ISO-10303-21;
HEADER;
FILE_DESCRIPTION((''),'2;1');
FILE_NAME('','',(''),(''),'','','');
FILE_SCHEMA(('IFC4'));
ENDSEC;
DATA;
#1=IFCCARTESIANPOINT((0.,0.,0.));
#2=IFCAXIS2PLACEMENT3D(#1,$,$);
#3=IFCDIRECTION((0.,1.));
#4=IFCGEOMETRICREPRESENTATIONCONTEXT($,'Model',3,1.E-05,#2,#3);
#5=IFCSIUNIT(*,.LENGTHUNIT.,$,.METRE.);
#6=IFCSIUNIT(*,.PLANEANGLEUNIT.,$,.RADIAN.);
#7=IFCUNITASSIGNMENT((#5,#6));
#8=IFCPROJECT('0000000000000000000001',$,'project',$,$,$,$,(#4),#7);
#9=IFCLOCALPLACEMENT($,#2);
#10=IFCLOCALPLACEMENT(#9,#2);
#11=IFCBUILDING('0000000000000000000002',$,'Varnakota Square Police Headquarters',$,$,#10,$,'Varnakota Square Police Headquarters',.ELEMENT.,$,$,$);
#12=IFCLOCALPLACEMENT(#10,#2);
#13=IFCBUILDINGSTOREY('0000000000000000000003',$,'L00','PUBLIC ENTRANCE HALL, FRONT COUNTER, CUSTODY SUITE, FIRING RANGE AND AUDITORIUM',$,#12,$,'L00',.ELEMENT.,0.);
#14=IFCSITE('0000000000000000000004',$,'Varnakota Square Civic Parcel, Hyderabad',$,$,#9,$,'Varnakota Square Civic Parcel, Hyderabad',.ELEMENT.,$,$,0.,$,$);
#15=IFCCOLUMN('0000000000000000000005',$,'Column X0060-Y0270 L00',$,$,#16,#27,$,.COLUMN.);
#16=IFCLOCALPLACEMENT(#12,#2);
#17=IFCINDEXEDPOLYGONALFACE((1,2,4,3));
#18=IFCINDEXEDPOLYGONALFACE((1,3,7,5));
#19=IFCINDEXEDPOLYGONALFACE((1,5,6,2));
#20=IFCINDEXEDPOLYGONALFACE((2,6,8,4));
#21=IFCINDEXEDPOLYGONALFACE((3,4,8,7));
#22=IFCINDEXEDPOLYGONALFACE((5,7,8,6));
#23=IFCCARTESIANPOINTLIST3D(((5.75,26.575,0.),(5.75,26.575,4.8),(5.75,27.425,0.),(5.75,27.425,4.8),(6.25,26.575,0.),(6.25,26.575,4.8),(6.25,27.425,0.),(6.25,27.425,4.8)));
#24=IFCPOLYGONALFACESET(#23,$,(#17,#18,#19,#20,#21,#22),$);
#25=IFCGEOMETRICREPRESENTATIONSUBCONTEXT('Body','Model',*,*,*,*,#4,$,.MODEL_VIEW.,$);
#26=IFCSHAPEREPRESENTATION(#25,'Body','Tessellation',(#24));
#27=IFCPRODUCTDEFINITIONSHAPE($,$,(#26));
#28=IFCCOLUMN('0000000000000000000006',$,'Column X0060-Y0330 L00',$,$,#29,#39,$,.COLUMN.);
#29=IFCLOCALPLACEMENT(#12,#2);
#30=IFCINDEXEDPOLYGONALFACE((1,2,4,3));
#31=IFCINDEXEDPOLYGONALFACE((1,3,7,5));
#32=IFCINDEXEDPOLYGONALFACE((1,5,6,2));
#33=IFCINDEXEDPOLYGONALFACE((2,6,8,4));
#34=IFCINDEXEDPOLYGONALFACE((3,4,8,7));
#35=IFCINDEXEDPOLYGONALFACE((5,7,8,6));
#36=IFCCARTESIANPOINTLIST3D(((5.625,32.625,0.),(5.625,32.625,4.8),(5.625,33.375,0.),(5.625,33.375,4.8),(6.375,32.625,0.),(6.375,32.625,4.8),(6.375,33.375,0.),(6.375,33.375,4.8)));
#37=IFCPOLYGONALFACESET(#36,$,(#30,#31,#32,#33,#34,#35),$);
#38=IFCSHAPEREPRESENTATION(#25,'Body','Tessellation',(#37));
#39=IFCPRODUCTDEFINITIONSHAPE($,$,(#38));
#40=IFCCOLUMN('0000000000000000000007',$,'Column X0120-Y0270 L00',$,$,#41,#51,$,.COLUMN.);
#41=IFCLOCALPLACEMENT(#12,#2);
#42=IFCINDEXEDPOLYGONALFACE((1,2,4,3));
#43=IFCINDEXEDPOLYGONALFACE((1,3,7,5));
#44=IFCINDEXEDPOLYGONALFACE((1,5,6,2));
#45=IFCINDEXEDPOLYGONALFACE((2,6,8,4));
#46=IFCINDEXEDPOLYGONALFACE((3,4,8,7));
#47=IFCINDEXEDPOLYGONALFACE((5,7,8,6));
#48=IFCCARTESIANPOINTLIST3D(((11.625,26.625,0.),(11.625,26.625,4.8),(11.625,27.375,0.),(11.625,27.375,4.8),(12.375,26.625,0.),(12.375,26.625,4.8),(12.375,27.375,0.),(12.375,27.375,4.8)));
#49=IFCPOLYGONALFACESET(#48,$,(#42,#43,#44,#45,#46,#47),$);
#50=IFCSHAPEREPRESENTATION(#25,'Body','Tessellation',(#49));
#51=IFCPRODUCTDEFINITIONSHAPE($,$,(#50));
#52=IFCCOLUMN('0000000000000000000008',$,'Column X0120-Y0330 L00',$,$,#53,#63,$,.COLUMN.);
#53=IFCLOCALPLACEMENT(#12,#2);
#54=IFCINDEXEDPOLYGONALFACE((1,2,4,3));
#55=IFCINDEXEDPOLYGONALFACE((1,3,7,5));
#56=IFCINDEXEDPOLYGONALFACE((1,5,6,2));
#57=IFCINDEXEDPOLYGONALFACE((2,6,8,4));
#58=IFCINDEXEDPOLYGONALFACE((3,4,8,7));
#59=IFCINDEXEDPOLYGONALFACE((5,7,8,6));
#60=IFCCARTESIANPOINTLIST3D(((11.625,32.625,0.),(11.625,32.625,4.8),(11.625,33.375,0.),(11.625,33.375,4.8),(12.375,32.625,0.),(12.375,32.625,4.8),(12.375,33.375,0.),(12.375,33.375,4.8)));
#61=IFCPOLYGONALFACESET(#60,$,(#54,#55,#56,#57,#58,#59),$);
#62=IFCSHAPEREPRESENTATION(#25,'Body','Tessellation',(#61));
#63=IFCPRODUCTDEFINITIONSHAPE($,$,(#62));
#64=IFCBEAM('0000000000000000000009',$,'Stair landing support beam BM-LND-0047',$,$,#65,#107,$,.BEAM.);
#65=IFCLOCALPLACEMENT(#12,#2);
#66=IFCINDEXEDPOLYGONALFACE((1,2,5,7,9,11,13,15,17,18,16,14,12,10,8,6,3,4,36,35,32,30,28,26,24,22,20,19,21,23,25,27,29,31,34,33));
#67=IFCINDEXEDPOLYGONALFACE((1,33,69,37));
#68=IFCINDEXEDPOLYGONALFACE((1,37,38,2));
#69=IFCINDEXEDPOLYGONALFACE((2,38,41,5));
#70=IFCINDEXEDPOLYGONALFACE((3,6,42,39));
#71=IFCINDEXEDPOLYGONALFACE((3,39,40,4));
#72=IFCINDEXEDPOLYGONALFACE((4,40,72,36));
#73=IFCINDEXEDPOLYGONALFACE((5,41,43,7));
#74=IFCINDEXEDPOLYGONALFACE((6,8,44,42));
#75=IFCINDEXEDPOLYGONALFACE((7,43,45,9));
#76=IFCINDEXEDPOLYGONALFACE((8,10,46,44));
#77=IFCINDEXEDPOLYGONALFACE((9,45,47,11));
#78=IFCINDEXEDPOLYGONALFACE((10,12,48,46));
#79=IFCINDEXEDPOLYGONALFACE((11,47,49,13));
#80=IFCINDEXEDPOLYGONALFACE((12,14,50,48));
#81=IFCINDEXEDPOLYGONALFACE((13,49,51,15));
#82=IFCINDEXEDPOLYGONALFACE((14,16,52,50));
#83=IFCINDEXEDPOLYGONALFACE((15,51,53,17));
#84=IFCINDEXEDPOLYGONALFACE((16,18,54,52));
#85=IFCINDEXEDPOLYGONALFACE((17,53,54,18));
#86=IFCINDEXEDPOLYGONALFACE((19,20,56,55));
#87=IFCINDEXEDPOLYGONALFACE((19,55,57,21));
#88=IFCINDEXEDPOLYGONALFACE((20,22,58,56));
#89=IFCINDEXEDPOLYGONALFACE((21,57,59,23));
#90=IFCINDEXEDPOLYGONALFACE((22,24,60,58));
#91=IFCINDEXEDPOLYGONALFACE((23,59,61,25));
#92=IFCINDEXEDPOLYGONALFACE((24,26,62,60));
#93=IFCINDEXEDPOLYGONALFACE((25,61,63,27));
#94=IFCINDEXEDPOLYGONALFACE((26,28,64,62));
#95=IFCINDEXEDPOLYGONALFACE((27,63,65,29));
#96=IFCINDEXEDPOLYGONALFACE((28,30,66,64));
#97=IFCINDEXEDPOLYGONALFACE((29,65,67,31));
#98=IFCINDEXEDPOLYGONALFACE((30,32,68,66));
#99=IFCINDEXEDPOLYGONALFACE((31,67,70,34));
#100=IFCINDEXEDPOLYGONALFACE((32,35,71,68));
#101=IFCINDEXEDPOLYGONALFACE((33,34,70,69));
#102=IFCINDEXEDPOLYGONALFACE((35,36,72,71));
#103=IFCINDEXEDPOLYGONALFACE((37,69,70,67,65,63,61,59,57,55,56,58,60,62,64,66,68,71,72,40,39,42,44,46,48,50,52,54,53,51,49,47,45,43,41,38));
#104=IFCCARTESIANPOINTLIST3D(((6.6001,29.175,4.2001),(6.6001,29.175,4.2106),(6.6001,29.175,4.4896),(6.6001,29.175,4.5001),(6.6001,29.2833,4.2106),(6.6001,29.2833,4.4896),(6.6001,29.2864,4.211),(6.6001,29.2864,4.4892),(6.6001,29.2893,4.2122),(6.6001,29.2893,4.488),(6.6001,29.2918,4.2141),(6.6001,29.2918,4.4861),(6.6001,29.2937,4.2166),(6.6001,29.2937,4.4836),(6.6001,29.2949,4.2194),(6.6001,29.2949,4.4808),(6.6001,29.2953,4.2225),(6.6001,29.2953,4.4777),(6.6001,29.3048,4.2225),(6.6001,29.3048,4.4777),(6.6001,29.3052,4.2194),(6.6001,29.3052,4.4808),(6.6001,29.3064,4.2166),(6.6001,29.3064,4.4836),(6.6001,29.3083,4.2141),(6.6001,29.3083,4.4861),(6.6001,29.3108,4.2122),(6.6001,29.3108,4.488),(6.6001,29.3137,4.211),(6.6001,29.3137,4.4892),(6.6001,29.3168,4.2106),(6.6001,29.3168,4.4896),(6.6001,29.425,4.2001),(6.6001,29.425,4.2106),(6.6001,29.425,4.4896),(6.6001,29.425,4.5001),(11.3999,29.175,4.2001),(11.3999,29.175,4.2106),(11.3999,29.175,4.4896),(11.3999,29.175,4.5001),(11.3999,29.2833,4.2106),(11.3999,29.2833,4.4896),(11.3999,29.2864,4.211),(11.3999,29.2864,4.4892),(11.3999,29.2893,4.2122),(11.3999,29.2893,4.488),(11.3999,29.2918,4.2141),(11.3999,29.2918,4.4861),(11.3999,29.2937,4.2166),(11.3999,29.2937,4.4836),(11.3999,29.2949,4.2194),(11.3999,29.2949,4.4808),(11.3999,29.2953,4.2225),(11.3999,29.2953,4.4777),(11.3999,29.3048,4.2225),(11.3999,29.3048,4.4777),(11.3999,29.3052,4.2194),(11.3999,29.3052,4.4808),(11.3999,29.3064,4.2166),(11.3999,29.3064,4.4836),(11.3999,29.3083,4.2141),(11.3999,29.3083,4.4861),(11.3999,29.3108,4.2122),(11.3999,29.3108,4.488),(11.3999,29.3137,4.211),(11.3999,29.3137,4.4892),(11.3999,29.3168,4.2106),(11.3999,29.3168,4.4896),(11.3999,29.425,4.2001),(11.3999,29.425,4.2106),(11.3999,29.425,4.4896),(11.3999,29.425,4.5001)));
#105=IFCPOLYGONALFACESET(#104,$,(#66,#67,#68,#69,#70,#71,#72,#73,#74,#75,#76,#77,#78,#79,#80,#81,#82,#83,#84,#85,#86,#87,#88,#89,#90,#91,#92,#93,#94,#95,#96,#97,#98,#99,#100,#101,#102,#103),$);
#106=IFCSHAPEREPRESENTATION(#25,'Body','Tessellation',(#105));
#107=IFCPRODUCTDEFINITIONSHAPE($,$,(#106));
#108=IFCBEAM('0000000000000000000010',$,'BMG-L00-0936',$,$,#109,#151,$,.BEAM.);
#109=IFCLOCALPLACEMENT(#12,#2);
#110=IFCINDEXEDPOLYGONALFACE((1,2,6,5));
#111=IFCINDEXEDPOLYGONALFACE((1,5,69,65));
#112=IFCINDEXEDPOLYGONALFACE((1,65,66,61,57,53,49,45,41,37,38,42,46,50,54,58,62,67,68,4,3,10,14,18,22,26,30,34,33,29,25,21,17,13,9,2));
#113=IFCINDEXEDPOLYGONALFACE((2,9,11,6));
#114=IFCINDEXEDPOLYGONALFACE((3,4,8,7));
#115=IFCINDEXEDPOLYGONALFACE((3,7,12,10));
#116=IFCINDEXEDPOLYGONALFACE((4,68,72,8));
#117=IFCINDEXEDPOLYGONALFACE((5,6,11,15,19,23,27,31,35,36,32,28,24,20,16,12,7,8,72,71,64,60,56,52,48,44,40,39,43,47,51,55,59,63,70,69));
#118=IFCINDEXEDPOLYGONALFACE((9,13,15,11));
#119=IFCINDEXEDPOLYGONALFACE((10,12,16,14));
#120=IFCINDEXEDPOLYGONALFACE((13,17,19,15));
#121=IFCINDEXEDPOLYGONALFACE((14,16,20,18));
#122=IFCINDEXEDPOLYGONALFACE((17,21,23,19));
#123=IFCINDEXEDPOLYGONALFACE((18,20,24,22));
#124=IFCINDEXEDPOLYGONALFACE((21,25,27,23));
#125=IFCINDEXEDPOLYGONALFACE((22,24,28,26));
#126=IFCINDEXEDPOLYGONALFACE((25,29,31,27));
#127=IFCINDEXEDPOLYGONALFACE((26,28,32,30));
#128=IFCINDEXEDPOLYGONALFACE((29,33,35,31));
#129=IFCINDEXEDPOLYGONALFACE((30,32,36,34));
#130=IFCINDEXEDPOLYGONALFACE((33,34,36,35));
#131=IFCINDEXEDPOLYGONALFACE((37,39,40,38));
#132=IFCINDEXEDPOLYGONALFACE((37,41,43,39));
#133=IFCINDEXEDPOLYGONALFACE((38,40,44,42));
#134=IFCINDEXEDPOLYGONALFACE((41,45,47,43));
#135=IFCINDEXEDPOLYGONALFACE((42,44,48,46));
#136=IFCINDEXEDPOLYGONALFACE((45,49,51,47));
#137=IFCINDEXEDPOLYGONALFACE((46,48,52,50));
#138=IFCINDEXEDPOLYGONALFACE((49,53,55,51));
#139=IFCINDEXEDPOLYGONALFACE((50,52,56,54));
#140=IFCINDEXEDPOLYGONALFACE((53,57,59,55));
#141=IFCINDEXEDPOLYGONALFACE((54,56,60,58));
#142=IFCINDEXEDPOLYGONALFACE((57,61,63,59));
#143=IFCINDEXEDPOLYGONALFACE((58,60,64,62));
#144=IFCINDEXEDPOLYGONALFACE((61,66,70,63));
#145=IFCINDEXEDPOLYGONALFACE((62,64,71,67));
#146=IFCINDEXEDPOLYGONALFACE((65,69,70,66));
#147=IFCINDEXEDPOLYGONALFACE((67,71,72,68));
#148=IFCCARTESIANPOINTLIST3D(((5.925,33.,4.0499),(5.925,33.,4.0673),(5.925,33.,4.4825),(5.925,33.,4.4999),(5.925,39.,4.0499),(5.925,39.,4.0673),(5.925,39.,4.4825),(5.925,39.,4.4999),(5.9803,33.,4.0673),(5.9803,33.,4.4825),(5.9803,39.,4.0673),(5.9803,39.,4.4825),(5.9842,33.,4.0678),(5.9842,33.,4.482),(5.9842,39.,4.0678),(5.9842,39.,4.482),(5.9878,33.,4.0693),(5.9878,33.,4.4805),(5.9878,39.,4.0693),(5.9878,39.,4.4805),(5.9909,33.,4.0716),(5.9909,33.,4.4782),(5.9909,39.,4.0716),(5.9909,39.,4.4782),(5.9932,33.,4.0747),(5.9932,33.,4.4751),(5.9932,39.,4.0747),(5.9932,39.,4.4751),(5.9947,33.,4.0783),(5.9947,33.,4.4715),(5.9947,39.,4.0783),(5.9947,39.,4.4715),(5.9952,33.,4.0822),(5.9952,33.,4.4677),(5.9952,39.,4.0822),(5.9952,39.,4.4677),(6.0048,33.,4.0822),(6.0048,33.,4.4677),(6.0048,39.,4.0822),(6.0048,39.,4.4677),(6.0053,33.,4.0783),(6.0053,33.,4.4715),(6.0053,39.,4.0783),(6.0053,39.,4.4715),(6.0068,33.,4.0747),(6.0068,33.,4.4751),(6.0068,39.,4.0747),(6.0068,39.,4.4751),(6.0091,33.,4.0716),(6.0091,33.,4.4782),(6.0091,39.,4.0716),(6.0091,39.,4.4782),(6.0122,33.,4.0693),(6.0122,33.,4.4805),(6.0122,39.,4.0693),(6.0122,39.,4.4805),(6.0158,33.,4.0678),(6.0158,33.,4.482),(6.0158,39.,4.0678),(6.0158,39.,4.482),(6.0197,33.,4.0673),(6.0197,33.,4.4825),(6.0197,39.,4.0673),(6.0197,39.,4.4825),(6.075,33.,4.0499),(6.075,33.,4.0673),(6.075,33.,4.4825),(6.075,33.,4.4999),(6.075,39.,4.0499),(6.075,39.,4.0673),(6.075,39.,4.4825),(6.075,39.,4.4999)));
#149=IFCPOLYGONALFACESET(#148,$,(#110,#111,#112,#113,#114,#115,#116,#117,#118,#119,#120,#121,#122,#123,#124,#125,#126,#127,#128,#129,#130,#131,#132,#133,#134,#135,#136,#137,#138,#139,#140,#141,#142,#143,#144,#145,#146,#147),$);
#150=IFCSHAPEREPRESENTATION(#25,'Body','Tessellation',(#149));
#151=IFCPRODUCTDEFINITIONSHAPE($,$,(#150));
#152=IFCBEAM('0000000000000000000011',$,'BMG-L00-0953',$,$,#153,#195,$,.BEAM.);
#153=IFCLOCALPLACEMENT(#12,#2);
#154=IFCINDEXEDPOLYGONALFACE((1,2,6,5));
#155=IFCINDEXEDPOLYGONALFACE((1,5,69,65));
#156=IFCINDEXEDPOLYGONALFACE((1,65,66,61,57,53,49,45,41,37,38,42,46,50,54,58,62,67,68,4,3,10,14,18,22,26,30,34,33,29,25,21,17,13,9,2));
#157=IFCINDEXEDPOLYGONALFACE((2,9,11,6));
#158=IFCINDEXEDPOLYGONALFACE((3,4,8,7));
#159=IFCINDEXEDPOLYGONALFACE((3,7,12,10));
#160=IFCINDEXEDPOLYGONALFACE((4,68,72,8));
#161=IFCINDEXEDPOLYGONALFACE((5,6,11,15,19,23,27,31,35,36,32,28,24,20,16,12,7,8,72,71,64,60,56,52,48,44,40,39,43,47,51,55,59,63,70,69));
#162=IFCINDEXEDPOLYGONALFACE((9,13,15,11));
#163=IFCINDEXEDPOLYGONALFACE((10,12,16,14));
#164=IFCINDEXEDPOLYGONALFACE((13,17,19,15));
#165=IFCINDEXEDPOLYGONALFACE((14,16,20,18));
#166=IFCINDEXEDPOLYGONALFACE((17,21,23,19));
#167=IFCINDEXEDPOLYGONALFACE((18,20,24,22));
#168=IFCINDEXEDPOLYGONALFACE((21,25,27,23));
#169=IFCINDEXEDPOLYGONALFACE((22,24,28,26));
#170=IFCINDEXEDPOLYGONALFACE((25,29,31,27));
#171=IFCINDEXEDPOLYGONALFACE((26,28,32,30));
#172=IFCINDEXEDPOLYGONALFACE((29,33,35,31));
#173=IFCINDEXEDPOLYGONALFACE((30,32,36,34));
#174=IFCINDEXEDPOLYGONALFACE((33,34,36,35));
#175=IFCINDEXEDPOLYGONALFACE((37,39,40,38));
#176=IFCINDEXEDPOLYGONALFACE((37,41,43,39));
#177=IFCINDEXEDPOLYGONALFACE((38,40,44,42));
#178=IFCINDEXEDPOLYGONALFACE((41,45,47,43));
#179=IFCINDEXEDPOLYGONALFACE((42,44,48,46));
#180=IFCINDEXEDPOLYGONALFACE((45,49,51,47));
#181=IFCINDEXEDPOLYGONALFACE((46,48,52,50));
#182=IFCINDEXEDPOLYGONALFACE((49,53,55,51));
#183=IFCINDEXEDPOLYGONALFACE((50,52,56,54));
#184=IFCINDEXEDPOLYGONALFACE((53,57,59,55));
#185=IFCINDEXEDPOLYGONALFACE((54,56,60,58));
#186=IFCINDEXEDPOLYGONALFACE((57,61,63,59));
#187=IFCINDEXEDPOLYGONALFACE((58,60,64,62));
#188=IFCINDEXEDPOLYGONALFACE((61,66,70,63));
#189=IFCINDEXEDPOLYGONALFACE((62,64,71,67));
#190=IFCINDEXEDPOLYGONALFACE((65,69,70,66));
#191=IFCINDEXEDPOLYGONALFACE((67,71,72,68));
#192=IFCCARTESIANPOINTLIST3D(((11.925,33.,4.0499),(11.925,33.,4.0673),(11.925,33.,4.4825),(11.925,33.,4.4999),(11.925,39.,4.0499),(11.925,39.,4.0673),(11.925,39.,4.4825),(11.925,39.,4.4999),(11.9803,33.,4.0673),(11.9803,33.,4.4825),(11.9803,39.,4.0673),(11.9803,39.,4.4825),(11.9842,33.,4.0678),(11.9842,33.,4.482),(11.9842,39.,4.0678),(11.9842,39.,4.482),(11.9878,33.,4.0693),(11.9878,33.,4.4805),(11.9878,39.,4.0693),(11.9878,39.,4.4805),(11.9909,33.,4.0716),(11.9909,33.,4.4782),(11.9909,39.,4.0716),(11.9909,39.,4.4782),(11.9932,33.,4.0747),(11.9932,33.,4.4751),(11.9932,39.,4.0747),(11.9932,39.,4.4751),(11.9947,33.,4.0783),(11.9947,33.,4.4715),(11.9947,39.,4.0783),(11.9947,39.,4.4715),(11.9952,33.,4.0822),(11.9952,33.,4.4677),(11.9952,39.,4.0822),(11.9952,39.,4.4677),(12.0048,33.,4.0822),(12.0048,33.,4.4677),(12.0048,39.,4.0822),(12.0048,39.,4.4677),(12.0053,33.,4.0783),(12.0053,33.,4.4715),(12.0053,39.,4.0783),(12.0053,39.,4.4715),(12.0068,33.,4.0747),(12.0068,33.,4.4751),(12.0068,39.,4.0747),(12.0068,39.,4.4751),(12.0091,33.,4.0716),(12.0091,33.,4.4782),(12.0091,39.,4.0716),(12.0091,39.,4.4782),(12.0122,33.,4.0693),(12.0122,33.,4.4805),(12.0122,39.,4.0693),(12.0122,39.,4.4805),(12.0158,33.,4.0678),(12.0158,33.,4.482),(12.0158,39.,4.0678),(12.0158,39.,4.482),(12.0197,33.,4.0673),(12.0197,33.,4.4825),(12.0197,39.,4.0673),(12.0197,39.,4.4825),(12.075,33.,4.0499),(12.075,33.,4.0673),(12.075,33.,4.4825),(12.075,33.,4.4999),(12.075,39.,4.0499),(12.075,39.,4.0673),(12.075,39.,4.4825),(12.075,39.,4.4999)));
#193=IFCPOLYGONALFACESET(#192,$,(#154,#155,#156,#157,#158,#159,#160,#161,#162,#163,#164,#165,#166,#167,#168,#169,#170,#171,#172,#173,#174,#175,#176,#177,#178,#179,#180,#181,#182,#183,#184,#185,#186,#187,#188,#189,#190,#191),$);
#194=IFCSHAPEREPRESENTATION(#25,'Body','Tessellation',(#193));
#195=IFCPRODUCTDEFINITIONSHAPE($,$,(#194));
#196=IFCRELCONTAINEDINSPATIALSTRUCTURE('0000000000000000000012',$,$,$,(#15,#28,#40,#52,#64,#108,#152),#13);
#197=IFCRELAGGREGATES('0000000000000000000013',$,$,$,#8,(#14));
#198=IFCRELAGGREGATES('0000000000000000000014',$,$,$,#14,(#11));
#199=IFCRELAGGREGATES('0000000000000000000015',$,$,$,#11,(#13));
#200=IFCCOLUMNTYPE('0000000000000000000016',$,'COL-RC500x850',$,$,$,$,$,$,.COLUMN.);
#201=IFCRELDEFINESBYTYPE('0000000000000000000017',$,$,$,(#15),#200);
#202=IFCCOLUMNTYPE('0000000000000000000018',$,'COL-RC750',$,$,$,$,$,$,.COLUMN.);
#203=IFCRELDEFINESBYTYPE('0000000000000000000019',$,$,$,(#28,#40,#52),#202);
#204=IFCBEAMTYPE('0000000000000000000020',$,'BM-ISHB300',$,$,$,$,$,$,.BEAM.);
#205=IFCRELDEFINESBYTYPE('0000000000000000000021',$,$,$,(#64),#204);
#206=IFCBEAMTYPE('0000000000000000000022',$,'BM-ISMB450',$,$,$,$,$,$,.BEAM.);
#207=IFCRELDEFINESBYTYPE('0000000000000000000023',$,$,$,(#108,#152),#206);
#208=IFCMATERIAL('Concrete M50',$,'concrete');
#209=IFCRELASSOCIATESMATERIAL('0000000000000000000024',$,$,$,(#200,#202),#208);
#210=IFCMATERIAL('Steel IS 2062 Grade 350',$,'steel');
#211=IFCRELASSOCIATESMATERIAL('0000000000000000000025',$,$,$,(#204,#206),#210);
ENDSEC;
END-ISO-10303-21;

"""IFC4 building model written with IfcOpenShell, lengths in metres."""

from ifc_helpers import new_model, si_unit, direction, frame, origin, origin_2d, place, context, subcontext, project, spatial, rectangle, i_section, extrude, material, material_profile, profile_set, type_object, element, save


model = new_model("IFC4")

# Units and contexts
model_context = context("Model", 3, precision=1e-05, world=origin(), true_north=direction((0.0, 1.0)))
body_context = subcontext(model_context, "Body", "Model", "MODEL_VIEW")
ifc_project = project(units=[si_unit("LENGTHUNIT", "METRE"), si_unit("PLANEANGLEUNIT", "RADIAN")], contexts=[model_context])

# Site, building, storey
site_placement = place(None, origin())
site = spatial("IfcSite", under=ifc_project, at=site_placement, Name="Varnakota Square Civic Parcel, Hyderabad", LongName="Varnakota Square Civic Parcel, Hyderabad", CompositionType="ELEMENT", RefElevation=0.0)
building_placement = place(site_placement, origin())
building = spatial("IfcBuilding", under=site, at=building_placement, Name="Varnakota Square Police Headquarters", LongName="Varnakota Square Police Headquarters", CompositionType="ELEMENT")
storey_placement = place(building_placement, origin())
storey = spatial("IfcBuildingStorey", under=building, at=storey_placement, Name="L00", Description="PUBLIC ENTRANCE HALL, FRONT COUNTER, CUSTODY SUITE, FIRING RANGE AND AUDITORIUM", LongName="L00", CompositionType="ELEMENT", Elevation=0.0)

# Columns
ifc_material_1 = material(Name="Concrete M50", Category="concrete")
ifc_material_profile_1 = material_profile(ifc_material_1, rectangle(XDim=0.5, YDim=0.8501, at=origin_2d()), Name="RC 500x850")
ifc_profile_set_1 = profile_set([ifc_material_profile_1], Name="Concrete M50")
column_type_1 = type_object("IfcColumnType", Name="COL-RC500x850", PredefinedType="COLUMN", material=ifc_profile_set_1)
column_placement = place(storey_placement, frame((6.0, 27.0, 0.0), z_axis=(0.0, 0.0, 1.0), x_axis=(1.0, 0.0, 0.0)))
element("IfcColumn", 1, at=column_placement, inside=storey, type_object=column_type_1, Name="Column X0060-Y0270 L00", PredefinedType="COLUMN", context=body_context, shape_type="SweptSolid", body=[
    extrude(rectangle(XDim=0.5, YDim=0.8501, at=origin_2d()), origin(), (0.0, 0.0, 1.0), 4.8),
])
ifc_material_profile_2 = material_profile(ifc_material_1, rectangle(XDim=0.75, YDim=0.75, at=origin_2d()), Name="RC 750x750")
ifc_profile_set_2 = profile_set([ifc_material_profile_2], Name="Concrete M50")
column_type_2 = type_object("IfcColumnType", Name="COL-RC750", PredefinedType="COLUMN", material=ifc_profile_set_2)
for number, where, z_axis, x_axis, name in (
    (2, (6.0, 33.0, 0.0), (0.0, 0.0, 1.0), (1.0, 0.0, 0.0), "Column X0060-Y0330 L00"),
    (3, (12.0, 27.0, 0.0), (0.0, 0.0, 1.0), (1.0, 0.0, 0.0), "Column X0120-Y0270 L00"),
    (4, (12.0, 33.0, 0.0), (0.0, 0.0, 1.0), (1.0, 0.0, 0.0), "Column X0120-Y0330 L00"),
):
    element("IfcColumn", number, at=place(storey_placement, frame(where, z_axis=z_axis, x_axis=x_axis)), inside=storey, type_object=column_type_2, Name=name, PredefinedType="COLUMN", context=body_context, shape_type="SweptSolid", body=[
        extrude(rectangle(XDim=0.75, YDim=0.75, at=origin_2d()), origin(), (0.0, 0.0, 1.0), 4.8),
    ])

# Beams
ifc_material_2 = material(Name="Steel IS 2062 Grade 350", Category="steel")
ifc_material_profile_3 = material_profile(ifc_material_2, i_section(OverallWidth=0.25, OverallDepth=0.3, WebThickness=0.0095, FlangeThickness=0.0105, FilletRadius=0.012, at=origin_2d()), Name="ISHB 300")
ifc_profile_set_3 = profile_set([ifc_material_profile_3], Name="Steel IS 2062 Grade 350")
beam_type_1 = type_object("IfcBeamType", Name="BM-ISHB300", PredefinedType="BEAM", material=ifc_profile_set_3)
beam_1_placement = place(storey_placement, frame((6.6001, 29.3, 4.3501), z_axis=(1.0, 0.0, 0.0), x_axis=(0.0, 1.0, 0.0)))
element("IfcBeam", 5, at=beam_1_placement, inside=storey, type_object=beam_type_1, Name="Stair landing support beam BM-LND-0047", PredefinedType="BEAM", context=body_context, shape_type="SweptSolid", body=[
    extrude(i_section(OverallWidth=0.25, OverallDepth=0.3, WebThickness=0.0095, FlangeThickness=0.0105, FilletRadius=0.012, at=origin_2d()), origin(), (0.0, 0.0, 1.0), 4.7998),
])
ifc_material_profile_4 = material_profile(ifc_material_2, i_section(OverallWidth=0.1499, OverallDepth=0.45, WebThickness=0.0095, FlangeThickness=0.0173, FilletRadius=0.0149, at=origin_2d()), Name="ISMB 450")
ifc_profile_set_4 = profile_set([ifc_material_profile_4], Name="Steel IS 2062 Grade 350")
beam_type_2 = type_object("IfcBeamType", Name="BM-ISMB450", PredefinedType="BEAM", material=ifc_profile_set_4)
for number, where, z_axis, x_axis, name in (
    (6, (6.0, 33.0, 4.2749), (0.0, 1.0, 0.0), (-1.0, 0.0, 0.0), "BMG-L00-0936"),
    (7, (12.0, 33.0, 4.2749), (0.0, 1.0, 0.0), (-1.0, 0.0, 0.0), "BMG-L00-0953"),
):
    element("IfcBeam", number, at=place(storey_placement, frame(where, z_axis=z_axis, x_axis=x_axis)), inside=storey, type_object=beam_type_2, Name=name, PredefinedType="BEAM", context=body_context, shape_type="SweptSolid", body=[
        extrude(i_section(OverallWidth=0.1499, OverallDepth=0.45, WebThickness=0.0095, FlangeThickness=0.0173, FilletRadius=0.0149, at=origin_2d()), origin(), (0.0, 0.0, 1.0), 6.0),
    ])

save(model, "model.ifc")
